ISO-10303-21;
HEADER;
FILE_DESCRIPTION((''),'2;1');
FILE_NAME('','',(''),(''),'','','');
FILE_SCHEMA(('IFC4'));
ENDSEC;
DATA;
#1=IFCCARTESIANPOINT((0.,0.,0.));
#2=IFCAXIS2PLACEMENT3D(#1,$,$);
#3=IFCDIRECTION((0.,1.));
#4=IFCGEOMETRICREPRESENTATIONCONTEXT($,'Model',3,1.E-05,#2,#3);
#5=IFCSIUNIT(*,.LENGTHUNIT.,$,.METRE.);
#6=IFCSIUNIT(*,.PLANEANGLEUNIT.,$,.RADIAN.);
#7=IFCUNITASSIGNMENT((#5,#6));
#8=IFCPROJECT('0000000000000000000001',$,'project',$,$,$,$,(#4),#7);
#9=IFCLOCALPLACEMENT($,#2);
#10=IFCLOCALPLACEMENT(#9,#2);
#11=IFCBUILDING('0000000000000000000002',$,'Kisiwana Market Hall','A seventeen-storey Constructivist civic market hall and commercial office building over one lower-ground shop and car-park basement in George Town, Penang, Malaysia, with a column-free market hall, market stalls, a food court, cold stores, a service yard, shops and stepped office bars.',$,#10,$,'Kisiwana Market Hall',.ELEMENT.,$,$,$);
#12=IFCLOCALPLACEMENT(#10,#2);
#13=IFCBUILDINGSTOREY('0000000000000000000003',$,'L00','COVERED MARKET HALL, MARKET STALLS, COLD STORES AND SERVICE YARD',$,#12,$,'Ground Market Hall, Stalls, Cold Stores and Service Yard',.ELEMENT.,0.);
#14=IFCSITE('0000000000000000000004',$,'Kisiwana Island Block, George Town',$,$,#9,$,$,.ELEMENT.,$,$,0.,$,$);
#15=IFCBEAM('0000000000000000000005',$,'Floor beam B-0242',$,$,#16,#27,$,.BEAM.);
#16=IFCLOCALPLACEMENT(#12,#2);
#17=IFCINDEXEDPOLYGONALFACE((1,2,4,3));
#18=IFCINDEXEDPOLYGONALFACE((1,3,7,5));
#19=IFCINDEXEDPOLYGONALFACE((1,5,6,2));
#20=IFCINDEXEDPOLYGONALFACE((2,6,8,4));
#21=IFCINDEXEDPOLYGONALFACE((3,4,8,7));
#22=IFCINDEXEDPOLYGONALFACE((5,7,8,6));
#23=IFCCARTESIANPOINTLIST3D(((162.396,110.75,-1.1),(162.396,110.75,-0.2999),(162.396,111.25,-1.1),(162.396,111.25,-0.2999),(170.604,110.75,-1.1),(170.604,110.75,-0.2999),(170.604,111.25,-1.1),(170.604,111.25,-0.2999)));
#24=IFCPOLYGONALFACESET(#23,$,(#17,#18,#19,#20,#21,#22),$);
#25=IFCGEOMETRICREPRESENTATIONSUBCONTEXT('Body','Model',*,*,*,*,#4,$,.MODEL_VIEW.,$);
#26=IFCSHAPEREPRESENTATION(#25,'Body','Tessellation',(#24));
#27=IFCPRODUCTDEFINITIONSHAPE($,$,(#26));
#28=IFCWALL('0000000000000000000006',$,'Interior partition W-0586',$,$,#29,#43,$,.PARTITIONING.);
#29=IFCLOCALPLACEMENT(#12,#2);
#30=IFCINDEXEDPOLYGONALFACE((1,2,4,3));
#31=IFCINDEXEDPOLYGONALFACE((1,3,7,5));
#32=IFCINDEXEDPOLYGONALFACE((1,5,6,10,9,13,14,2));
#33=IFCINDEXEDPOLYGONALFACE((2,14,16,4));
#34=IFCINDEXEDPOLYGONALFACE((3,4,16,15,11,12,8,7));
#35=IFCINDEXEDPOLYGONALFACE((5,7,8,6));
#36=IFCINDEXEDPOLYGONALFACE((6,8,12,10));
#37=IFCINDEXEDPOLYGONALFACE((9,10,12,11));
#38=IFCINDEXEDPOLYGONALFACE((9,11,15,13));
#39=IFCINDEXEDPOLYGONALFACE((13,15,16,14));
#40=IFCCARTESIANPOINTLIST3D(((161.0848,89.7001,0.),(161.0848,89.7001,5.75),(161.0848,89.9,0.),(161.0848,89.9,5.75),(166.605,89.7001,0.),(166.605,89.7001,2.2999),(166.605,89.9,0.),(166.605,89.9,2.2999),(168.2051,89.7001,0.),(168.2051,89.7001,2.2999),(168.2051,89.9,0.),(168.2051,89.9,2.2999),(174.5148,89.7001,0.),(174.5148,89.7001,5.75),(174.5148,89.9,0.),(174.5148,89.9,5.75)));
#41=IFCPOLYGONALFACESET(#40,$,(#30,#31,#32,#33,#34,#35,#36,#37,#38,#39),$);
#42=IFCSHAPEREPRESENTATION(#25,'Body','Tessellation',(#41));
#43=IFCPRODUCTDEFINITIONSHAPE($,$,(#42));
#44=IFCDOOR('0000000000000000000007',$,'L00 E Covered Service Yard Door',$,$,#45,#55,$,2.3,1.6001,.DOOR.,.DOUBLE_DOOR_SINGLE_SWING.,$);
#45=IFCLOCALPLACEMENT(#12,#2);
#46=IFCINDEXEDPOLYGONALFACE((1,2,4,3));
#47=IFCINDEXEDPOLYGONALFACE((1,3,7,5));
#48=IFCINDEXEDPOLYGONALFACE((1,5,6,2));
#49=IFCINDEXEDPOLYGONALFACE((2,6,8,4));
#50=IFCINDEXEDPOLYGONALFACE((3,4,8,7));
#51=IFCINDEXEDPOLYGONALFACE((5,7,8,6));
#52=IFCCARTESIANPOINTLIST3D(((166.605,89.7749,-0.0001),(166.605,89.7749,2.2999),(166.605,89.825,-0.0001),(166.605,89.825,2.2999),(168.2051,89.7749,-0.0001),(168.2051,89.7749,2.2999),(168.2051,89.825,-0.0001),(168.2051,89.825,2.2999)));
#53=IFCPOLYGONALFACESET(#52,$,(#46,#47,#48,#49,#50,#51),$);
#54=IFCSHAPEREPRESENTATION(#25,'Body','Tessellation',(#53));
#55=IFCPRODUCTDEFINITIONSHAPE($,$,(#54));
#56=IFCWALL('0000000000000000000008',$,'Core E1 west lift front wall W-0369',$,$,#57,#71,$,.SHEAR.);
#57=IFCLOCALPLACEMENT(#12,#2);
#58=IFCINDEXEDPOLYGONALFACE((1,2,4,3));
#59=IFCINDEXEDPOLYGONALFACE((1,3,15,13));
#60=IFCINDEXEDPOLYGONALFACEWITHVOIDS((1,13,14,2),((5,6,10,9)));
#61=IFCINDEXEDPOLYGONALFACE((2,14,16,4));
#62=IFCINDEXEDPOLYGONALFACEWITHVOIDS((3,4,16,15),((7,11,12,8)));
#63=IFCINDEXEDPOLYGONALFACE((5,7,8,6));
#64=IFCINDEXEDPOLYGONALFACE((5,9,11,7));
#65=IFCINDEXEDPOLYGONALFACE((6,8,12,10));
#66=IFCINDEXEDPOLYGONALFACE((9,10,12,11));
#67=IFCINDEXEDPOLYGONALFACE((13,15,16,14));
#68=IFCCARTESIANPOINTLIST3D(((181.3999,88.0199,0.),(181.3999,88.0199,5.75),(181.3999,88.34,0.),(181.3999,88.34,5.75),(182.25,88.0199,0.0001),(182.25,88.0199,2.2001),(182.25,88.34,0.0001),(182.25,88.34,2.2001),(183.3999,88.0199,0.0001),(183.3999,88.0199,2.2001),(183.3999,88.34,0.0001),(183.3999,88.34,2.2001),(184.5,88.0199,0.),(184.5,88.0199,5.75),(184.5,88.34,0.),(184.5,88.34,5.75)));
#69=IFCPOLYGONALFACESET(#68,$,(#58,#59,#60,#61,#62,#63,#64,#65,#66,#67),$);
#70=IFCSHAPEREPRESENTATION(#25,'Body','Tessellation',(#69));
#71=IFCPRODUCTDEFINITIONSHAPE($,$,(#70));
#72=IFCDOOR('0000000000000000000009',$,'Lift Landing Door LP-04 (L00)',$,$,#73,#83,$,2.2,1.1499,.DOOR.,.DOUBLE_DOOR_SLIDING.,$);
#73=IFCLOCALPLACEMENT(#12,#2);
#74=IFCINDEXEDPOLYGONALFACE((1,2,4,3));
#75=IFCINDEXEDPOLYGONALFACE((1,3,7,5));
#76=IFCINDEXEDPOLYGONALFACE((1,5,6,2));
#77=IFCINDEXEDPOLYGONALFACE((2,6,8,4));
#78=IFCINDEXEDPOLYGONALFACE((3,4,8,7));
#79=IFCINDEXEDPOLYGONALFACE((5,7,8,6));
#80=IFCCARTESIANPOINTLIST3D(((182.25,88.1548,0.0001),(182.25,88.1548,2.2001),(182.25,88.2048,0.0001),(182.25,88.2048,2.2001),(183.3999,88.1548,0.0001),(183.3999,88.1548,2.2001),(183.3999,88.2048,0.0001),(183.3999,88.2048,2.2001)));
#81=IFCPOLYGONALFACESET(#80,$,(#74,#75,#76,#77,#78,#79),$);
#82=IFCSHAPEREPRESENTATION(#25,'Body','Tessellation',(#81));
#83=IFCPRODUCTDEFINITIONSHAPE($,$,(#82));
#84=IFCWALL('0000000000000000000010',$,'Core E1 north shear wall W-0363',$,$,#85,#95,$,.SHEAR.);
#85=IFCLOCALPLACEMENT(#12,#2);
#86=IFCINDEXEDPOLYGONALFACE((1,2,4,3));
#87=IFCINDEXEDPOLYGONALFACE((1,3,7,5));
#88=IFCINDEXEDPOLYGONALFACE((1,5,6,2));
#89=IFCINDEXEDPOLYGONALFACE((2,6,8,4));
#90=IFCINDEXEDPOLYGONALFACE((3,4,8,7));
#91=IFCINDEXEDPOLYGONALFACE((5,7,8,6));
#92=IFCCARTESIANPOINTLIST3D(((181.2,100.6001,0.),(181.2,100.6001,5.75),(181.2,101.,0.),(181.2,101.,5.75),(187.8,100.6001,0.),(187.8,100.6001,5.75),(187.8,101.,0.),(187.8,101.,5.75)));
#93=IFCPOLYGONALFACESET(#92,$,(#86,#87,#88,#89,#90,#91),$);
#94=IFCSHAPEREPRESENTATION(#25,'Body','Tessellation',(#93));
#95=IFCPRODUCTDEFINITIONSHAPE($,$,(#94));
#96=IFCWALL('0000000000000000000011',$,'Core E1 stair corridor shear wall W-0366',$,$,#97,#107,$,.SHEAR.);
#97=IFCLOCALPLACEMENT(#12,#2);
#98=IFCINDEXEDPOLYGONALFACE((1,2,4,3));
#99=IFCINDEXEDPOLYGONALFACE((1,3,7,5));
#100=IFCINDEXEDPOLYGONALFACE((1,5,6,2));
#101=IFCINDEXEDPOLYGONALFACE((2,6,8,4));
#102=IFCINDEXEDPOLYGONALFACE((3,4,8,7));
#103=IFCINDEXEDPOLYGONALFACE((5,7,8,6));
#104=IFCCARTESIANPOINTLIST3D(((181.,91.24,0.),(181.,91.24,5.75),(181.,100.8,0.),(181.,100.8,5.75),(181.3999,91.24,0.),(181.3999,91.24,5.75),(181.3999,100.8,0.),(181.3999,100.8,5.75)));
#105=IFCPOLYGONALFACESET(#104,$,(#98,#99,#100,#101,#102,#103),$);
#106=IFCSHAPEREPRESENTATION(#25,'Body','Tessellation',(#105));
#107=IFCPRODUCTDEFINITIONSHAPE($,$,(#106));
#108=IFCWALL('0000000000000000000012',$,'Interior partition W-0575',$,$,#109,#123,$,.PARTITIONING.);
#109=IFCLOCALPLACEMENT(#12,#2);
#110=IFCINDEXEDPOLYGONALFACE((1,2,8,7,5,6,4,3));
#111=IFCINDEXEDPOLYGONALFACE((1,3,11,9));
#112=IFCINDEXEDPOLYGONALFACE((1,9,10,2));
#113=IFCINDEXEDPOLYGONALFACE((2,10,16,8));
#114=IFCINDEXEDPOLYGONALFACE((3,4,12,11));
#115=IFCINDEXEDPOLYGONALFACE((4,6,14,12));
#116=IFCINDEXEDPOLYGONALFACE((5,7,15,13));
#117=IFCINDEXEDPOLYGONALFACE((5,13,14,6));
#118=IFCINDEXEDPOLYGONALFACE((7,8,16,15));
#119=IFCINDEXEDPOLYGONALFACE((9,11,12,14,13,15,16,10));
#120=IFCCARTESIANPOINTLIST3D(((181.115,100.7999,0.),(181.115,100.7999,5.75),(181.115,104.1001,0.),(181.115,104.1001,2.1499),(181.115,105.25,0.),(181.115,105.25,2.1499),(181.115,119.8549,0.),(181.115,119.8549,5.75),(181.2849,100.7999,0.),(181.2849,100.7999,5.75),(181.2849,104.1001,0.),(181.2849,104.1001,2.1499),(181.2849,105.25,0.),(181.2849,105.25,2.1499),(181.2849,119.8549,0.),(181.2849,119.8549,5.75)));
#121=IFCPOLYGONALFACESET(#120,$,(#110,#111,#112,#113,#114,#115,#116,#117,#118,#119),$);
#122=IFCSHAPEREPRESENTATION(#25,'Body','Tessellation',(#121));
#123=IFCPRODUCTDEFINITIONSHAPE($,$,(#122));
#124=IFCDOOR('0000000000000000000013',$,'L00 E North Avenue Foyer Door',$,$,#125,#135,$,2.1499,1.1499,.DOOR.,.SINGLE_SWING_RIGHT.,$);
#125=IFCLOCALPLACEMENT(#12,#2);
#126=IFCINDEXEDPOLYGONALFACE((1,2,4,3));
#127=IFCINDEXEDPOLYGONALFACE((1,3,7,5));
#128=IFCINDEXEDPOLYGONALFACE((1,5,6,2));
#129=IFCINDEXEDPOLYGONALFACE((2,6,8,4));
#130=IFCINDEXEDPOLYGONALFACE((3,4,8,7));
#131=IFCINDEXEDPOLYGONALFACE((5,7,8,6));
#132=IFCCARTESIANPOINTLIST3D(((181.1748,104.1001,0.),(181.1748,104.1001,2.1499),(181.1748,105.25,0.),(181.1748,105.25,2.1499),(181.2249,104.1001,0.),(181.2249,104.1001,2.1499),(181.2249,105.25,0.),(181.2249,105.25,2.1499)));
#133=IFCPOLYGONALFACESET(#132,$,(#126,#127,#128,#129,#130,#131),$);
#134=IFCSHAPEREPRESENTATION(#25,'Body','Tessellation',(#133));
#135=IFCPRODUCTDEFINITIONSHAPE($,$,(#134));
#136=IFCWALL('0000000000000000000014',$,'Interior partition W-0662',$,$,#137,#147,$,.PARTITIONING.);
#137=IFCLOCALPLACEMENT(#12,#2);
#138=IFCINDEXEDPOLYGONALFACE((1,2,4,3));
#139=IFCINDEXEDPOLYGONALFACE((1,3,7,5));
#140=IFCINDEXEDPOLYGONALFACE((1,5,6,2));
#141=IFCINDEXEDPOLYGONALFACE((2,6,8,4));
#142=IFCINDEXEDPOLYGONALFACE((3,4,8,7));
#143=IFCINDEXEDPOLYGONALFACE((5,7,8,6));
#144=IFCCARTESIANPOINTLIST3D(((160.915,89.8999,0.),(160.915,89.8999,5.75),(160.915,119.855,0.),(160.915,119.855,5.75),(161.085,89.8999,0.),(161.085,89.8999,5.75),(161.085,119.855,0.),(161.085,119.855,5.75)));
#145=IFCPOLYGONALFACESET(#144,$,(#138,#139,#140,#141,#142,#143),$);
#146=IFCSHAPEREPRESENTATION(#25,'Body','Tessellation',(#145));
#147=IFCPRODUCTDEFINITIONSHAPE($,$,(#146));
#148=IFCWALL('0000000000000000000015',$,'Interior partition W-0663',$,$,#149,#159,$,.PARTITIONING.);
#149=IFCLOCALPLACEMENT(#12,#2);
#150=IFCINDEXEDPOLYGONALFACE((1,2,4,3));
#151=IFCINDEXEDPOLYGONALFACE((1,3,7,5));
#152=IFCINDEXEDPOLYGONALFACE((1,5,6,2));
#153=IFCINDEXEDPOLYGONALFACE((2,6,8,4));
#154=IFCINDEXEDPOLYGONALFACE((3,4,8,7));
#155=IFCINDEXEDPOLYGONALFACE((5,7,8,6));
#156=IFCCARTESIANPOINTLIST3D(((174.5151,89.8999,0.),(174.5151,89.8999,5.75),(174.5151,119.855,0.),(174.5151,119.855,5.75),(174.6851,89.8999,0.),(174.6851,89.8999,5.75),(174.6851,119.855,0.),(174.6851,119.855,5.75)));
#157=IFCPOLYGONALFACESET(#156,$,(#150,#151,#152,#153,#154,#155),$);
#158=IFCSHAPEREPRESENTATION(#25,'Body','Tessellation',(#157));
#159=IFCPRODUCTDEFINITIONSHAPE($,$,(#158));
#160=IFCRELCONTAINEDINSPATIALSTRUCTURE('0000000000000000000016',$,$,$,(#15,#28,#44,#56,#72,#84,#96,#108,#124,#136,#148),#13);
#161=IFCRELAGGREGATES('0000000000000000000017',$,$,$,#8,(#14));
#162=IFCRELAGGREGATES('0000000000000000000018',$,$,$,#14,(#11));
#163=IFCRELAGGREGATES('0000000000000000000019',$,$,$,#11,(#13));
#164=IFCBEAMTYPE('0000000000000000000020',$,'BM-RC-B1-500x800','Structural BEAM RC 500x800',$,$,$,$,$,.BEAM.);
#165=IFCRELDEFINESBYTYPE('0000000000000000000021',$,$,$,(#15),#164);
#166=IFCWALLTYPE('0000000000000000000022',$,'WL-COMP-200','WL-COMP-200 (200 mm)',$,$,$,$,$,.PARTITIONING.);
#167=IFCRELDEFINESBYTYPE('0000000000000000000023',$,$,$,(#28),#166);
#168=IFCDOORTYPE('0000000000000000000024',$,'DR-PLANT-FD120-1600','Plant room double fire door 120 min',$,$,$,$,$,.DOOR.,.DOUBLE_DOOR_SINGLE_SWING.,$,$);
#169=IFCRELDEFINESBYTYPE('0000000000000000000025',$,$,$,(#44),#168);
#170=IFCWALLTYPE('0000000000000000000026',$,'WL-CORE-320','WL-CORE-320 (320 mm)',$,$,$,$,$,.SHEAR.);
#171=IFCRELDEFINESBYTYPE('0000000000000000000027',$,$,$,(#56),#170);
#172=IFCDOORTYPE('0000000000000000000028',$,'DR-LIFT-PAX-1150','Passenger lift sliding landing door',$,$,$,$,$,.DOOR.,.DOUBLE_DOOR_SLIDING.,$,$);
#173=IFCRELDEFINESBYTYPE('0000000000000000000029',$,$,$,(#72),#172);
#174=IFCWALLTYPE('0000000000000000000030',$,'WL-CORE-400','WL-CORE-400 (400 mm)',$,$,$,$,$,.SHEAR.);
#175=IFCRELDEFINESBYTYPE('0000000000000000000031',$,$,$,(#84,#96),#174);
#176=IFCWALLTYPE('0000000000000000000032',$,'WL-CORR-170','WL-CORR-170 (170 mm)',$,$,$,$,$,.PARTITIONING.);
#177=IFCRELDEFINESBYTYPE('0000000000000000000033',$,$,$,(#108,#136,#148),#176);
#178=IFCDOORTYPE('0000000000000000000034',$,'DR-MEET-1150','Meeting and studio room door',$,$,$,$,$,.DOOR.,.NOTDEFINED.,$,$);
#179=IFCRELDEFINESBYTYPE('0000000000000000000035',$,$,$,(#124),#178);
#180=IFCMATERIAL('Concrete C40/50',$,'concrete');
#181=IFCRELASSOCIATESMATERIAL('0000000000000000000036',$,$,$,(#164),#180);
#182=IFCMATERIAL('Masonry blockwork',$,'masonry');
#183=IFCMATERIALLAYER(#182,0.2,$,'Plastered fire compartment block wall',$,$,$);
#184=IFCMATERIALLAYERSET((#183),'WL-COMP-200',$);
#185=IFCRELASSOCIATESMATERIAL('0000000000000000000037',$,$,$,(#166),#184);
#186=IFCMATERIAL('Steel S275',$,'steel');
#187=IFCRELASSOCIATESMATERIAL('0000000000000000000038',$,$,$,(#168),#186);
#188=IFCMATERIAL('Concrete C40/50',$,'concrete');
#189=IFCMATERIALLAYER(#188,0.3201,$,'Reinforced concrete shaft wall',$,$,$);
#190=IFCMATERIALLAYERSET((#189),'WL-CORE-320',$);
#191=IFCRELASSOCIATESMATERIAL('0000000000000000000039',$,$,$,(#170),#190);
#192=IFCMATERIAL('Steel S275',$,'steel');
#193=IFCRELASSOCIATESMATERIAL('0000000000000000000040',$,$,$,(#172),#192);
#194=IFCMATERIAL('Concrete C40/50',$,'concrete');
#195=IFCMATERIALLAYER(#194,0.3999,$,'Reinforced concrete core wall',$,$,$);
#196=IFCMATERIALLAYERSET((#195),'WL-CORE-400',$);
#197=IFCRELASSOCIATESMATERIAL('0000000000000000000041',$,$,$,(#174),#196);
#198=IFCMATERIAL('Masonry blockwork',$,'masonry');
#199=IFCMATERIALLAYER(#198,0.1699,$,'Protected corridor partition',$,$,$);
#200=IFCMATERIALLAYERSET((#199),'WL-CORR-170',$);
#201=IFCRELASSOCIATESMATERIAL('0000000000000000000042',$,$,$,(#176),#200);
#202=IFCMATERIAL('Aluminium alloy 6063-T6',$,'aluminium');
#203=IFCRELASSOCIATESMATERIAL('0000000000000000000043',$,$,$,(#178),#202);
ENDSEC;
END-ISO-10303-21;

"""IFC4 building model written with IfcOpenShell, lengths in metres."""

from ifc_helpers import new_model, si_unit, direction, frame, frame_2d, origin, origin_2d, place, context, subcontext, project, spatial, rectangle, extrude, material, layer, layer_set, material_profile, profile_set, type_object, element, fill, save


model = new_model("IFC4")

# Units and contexts
model_context = context("Model", 3, precision=1e-05, world=origin(), true_north=direction((0.0, 1.0)))
body_context = subcontext(model_context, "Body", "Model", "MODEL_VIEW")
ifc_project = project(units=[si_unit("LENGTHUNIT", "METRE"), si_unit("PLANEANGLEUNIT", "RADIAN")], contexts=[model_context])

# Site, building, storey
site_placement = place(None, origin())
site = spatial("IfcSite", under=ifc_project, at=site_placement, Name="Kisiwana Island Block, George Town", CompositionType="ELEMENT", RefElevation=0.0)
building_placement = place(site_placement, origin())
building = spatial("IfcBuilding", under=site, at=building_placement, Name="Kisiwana Market Hall", Description="A seventeen-storey Constructivist civic market hall and commercial office building over one lower-ground shop and car-park basement in George Town, Penang, Malaysia, with a column-free market hall, market stalls, a food court, cold stores, a service yard, shops and stepped office bars.", LongName="Kisiwana Market Hall", CompositionType="ELEMENT")
storey_placement = place(building_placement, origin())
storey = spatial("IfcBuildingStorey", under=building, at=storey_placement, Name="L00", Description="COVERED MARKET HALL, MARKET STALLS, COLD STORES AND SERVICE YARD", LongName="Ground Market Hall, Stalls, Cold Stores and Service Yard", CompositionType="ELEMENT", Elevation=0.0)

# Beam
ifc_material_1 = material(Name="Concrete C40/50", Category="concrete")
ifc_material_profile_1 = material_profile(ifc_material_1, rectangle(XDim=0.5, YDim=0.8, at=origin_2d()), Name="RC 500x800")
ifc_profile_set_1 = profile_set([ifc_material_profile_1], Name="Concrete C40/50")
beam_type_1 = type_object("IfcBeamType", Name="BM-RC-B1-500x800", Description="Structural BEAM RC 500x800", PredefinedType="BEAM", material=ifc_profile_set_1)
beam_1_placement = place(storey_placement, frame((162.396, 111.0, -0.7), z_axis=(1.0, 0.0, 0.0), x_axis=(0.0, 1.0, 0.0)))
element("IfcBeam", 1, at=beam_1_placement, inside=storey, type_object=beam_type_1, Name="Floor beam B-0242", PredefinedType="BEAM", context=body_context, shape_type="SweptSolid", body=[
    extrude(rectangle(XDim=0.5, YDim=0.8, at=origin_2d()), origin(), (0.0, 0.0, 1.0), 8.208),
])

# Walls, openings, doors
ifc_material_2 = material(Name="Masonry blockwork", Category="masonry")
ifc_layer_1 = layer(ifc_material_2, 0.2, Name="Plastered fire compartment block wall")
ifc_layer_set_1 = layer_set([ifc_layer_1], Name="WL-COMP-200")
wall_type_1 = type_object("IfcWallType", Name="WL-COMP-200", Description="WL-COMP-200 (200 mm)", PredefinedType="PARTITIONING", material=ifc_layer_set_1)
wall_1_placement = place(storey_placement, frame((161.085, 89.8, 0.0), z_axis=(0.0, 0.0, 1.0), x_axis=(1.0, 0.0, 0.0)))
wall_1 = element("IfcWall", 2, at=wall_1_placement, inside=storey, type_object=wall_type_1, Name="Interior partition W-0586", PredefinedType="PARTITIONING", context=body_context, shape_type="SweptSolid", body=[
    extrude(rectangle(XDim=13.4299, YDim=0.2, at=frame_2d((6.7148, 0.0))), origin(), (0.0, 0.0, 1.0), 5.75),
])
opening_1_placement = place(wall_1_placement, frame((5.52, 0.0, 0.0)))
opening_1 = element("IfcOpeningElement", 3, at=opening_1_placement, cuts=wall_1, PredefinedType="OPENING", context=body_context, shape_type="SweptSolid", body=[
    extrude(rectangle(XDim=1.6001, YDim=2.3, at=frame_2d((0.8, 1.1499))), frame((0.0, 0.1118, 0.0), z_axis=(0.0, -1.0, 0.0), x_axis=(1.0, 0.0, 0.0)), (0.0, 0.0, 1.0), 0.2239),
])
ifc_material_3 = material(Name="Steel S275", Category="steel")
door_type_1 = type_object("IfcDoorType", Name="DR-PLANT-FD120-1600", Description="Plant room double fire door 120 min", OperationType="DOUBLE_DOOR_SINGLE_SWING", PredefinedType="DOOR", material=ifc_material_3)
door_1_placement = place(opening_1_placement, origin())
door_1 = element("IfcDoor", 4, at=door_1_placement, inside=storey, type_object=door_type_1, Name="L00 E Covered Service Yard Door", OperationType="DOUBLE_DOOR_SINGLE_SWING", OverallHeight=2.3, OverallWidth=1.6001, PredefinedType="DOOR", context=body_context, shape_type="SweptSolid", body=[
    extrude(rectangle(XDim=1.6001, YDim=2.3, at=frame_2d((0.8, 1.1499))), frame((0.0, 0.0249, 0.0), z_axis=(0.0, -1.0, 0.0), x_axis=(1.0, 0.0, 0.0)), (0.0, 0.0, 1.0), 0.05),
])
fill(opening_1, door_1)
ifc_material_4 = material(Name="Concrete C40/50", Category="concrete")
ifc_layer_2 = layer(ifc_material_4, 0.3201, Name="Reinforced concrete shaft wall")
ifc_layer_set_2 = layer_set([ifc_layer_2], Name="WL-CORE-320")
wall_type_2 = type_object("IfcWallType", Name="WL-CORE-320", Description="WL-CORE-320 (320 mm)", PredefinedType="SHEAR", material=ifc_layer_set_2)
wall_2_placement = place(storey_placement, frame((181.3999, 88.1799, 0.0), z_axis=(0.0, 0.0, 1.0), x_axis=(1.0, 0.0, 0.0)))
wall_2 = element("IfcWall", 5, at=wall_2_placement, inside=storey, type_object=wall_type_2, Name="Core E1 west lift front wall W-0369", PredefinedType="SHEAR", context=body_context, shape_type="SweptSolid", body=[
    extrude(rectangle(XDim=3.1001, YDim=0.3201, at=frame_2d((1.55, 0.0))), origin(), (0.0, 0.0, 1.0), 5.75),
])
opening_2_placement = place(wall_2_placement, frame((0.8501, 0.0, 0.0)))
opening_2 = element("IfcOpeningElement", 6, at=opening_2_placement, cuts=wall_2, PredefinedType="OPENING", context=body_context, shape_type="SweptSolid", body=[
    extrude(rectangle(XDim=1.1499, YDim=2.2, at=frame_2d((0.575, 1.1001))), frame((0.0, 0.1719, 0.0), z_axis=(0.0, -1.0, 0.0), x_axis=(1.0, 0.0, 0.0)), (0.0, 0.0, 1.0), 0.344),
])
ifc_material_5 = material(Name="Steel S275", Category="steel")
door_type_2 = type_object("IfcDoorType", Name="DR-LIFT-PAX-1150", Description="Passenger lift sliding landing door", OperationType="DOUBLE_DOOR_SLIDING", PredefinedType="DOOR", material=ifc_material_5)
door_2_placement = place(opening_2_placement, origin())
door_2 = element("IfcDoor", 7, at=door_2_placement, inside=storey, type_object=door_type_2, Name="Lift Landing Door LP-04 (L00)", OperationType="DOUBLE_DOOR_SLIDING", OverallHeight=2.2, OverallWidth=1.1499, PredefinedType="DOOR", context=body_context, shape_type="SweptSolid", body=[
    extrude(rectangle(XDim=1.1499, YDim=2.2, at=frame_2d((0.575, 1.1001))), frame((0.0, 0.0249, 0.0), z_axis=(0.0, -1.0, 0.0), x_axis=(1.0, 0.0, 0.0)), (0.0, 0.0, 1.0), 0.05),
])
fill(opening_2, door_2)

# Walls
ifc_material_6 = material(Name="Concrete C40/50", Category="concrete")
ifc_layer_3 = layer(ifc_material_6, 0.3999, Name="Reinforced concrete core wall")
ifc_layer_set_3 = layer_set([ifc_layer_3], Name="WL-CORE-400")
wall_type_3 = type_object("IfcWallType", Name="WL-CORE-400", Description="WL-CORE-400 (400 mm)", PredefinedType="SHEAR", material=ifc_layer_set_3)
wall_3_placement = place(storey_placement, frame((181.2, 100.8, 0.0), z_axis=(0.0, 0.0, 1.0), x_axis=(1.0, 0.0, 0.0)))
element("IfcWall", 8, at=wall_3_placement, inside=storey, type_object=wall_type_3, Name="Core E1 north shear wall W-0363", PredefinedType="SHEAR", context=body_context, shape_type="SweptSolid", body=[
    extrude(rectangle(XDim=6.6001, YDim=0.3999, at=frame_2d((3.3, 0.0))), origin(), (0.0, 0.0, 1.0), 5.75),
])
wall_4_placement = place(storey_placement, frame((181.2, 91.24, 0.0), z_axis=(0.0, 0.0, 1.0), x_axis=(0.0, 1.0, 0.0)))
element("IfcWall", 9, at=wall_4_placement, inside=storey, type_object=wall_type_3, Name="Core E1 stair corridor shear wall W-0366", PredefinedType="SHEAR", context=body_context, shape_type="SweptSolid", body=[
    extrude(rectangle(XDim=9.5601, YDim=0.3999, at=frame_2d((4.78, 0.0))), origin(), (0.0, 0.0, 1.0), 5.75),
])

# Wall, opening, door
ifc_material_7 = material(Name="Masonry blockwork", Category="masonry")
ifc_layer_4 = layer(ifc_material_7, 0.1699, Name="Protected corridor partition")
ifc_layer_set_4 = layer_set([ifc_layer_4], Name="WL-CORR-170")
wall_type_4 = type_object("IfcWallType", Name="WL-CORR-170", Description="WL-CORR-170 (170 mm)", PredefinedType="PARTITIONING", material=ifc_layer_set_4)
wall_5_placement = place(storey_placement, frame((181.2, 100.8, 0.0), z_axis=(0.0, 0.0, 1.0), x_axis=(0.0, 1.0, 0.0)))
wall_5 = element("IfcWall", 10, at=wall_5_placement, inside=storey, type_object=wall_type_4, Name="Interior partition W-0575", PredefinedType="PARTITIONING", context=body_context, shape_type="SweptSolid", body=[
    extrude(rectangle(XDim=19.0549, YDim=0.1699, at=frame_2d((9.5273, 0.0))), origin(), (0.0, 0.0, 1.0), 5.75),
])
opening_3_placement = place(wall_5_placement, frame((3.3, 0.0, 0.0)))
opening_3 = element("IfcOpeningElement", 11, at=opening_3_placement, cuts=wall_5, PredefinedType="OPENING", context=body_context, shape_type="SweptSolid", body=[
    extrude(rectangle(XDim=1.1499, YDim=2.1499, at=frame_2d((0.575, 1.075))), frame((0.0, 0.0969, 0.0), z_axis=(0.0, -1.0, 0.0), x_axis=(1.0, 0.0, 0.0)), (0.0, 0.0, 1.0), 0.1938),
])
ifc_material_8 = material(Name="Aluminium alloy 6063-T6", Category="aluminium")
door_type_3 = type_object("IfcDoorType", Name="DR-MEET-1150", Description="Meeting and studio room door", OperationType="NOTDEFINED", PredefinedType="DOOR", material=ifc_material_8)
door_3_placement = place(opening_3_placement, frame((1.1499, 0.0, 0.0), z_axis=(0.0, 0.0, 1.0), x_axis=(-1.0, 0.0, 0.0)))
door_3 = element("IfcDoor", 12, at=door_3_placement, inside=storey, type_object=door_type_3, Name="L00 E North Avenue Foyer Door", OperationType="SINGLE_SWING_RIGHT", OverallHeight=2.1499, OverallWidth=1.1499, PredefinedType="DOOR", context=body_context, shape_type="SweptSolid", body=[
    extrude(rectangle(XDim=1.1499, YDim=2.1499, at=frame_2d((0.575, 1.075))), frame((0.0, 0.0249, 0.0), z_axis=(0.0, -1.0, 0.0), x_axis=(1.0, 0.0, 0.0)), (0.0, 0.0, 1.0), 0.05),
])
fill(opening_3, door_3)

# Walls
for number, where, z_axis, x_axis, name in (
    (13, (161.0, 89.8999, 0.0), (0.0, 0.0, 1.0), (0.0, 1.0, 0.0), "Interior partition W-0662"),
    (14, (174.6001, 89.8999, 0.0), (0.0, 0.0, 1.0), (0.0, 1.0, 0.0), "Interior partition W-0663"),
):
    element("IfcWall", number, at=place(storey_placement, frame(where, z_axis=z_axis, x_axis=x_axis)), inside=storey, type_object=wall_type_4, Name=name, PredefinedType="PARTITIONING", context=body_context, shape_type="SweptSolid", body=[
        extrude(rectangle(XDim=29.9551, YDim=0.1699, at=frame_2d((14.9775, 0.0))), origin(), (0.0, 0.0, 1.0), 5.75),
    ])

save(model, "model.ifc")
